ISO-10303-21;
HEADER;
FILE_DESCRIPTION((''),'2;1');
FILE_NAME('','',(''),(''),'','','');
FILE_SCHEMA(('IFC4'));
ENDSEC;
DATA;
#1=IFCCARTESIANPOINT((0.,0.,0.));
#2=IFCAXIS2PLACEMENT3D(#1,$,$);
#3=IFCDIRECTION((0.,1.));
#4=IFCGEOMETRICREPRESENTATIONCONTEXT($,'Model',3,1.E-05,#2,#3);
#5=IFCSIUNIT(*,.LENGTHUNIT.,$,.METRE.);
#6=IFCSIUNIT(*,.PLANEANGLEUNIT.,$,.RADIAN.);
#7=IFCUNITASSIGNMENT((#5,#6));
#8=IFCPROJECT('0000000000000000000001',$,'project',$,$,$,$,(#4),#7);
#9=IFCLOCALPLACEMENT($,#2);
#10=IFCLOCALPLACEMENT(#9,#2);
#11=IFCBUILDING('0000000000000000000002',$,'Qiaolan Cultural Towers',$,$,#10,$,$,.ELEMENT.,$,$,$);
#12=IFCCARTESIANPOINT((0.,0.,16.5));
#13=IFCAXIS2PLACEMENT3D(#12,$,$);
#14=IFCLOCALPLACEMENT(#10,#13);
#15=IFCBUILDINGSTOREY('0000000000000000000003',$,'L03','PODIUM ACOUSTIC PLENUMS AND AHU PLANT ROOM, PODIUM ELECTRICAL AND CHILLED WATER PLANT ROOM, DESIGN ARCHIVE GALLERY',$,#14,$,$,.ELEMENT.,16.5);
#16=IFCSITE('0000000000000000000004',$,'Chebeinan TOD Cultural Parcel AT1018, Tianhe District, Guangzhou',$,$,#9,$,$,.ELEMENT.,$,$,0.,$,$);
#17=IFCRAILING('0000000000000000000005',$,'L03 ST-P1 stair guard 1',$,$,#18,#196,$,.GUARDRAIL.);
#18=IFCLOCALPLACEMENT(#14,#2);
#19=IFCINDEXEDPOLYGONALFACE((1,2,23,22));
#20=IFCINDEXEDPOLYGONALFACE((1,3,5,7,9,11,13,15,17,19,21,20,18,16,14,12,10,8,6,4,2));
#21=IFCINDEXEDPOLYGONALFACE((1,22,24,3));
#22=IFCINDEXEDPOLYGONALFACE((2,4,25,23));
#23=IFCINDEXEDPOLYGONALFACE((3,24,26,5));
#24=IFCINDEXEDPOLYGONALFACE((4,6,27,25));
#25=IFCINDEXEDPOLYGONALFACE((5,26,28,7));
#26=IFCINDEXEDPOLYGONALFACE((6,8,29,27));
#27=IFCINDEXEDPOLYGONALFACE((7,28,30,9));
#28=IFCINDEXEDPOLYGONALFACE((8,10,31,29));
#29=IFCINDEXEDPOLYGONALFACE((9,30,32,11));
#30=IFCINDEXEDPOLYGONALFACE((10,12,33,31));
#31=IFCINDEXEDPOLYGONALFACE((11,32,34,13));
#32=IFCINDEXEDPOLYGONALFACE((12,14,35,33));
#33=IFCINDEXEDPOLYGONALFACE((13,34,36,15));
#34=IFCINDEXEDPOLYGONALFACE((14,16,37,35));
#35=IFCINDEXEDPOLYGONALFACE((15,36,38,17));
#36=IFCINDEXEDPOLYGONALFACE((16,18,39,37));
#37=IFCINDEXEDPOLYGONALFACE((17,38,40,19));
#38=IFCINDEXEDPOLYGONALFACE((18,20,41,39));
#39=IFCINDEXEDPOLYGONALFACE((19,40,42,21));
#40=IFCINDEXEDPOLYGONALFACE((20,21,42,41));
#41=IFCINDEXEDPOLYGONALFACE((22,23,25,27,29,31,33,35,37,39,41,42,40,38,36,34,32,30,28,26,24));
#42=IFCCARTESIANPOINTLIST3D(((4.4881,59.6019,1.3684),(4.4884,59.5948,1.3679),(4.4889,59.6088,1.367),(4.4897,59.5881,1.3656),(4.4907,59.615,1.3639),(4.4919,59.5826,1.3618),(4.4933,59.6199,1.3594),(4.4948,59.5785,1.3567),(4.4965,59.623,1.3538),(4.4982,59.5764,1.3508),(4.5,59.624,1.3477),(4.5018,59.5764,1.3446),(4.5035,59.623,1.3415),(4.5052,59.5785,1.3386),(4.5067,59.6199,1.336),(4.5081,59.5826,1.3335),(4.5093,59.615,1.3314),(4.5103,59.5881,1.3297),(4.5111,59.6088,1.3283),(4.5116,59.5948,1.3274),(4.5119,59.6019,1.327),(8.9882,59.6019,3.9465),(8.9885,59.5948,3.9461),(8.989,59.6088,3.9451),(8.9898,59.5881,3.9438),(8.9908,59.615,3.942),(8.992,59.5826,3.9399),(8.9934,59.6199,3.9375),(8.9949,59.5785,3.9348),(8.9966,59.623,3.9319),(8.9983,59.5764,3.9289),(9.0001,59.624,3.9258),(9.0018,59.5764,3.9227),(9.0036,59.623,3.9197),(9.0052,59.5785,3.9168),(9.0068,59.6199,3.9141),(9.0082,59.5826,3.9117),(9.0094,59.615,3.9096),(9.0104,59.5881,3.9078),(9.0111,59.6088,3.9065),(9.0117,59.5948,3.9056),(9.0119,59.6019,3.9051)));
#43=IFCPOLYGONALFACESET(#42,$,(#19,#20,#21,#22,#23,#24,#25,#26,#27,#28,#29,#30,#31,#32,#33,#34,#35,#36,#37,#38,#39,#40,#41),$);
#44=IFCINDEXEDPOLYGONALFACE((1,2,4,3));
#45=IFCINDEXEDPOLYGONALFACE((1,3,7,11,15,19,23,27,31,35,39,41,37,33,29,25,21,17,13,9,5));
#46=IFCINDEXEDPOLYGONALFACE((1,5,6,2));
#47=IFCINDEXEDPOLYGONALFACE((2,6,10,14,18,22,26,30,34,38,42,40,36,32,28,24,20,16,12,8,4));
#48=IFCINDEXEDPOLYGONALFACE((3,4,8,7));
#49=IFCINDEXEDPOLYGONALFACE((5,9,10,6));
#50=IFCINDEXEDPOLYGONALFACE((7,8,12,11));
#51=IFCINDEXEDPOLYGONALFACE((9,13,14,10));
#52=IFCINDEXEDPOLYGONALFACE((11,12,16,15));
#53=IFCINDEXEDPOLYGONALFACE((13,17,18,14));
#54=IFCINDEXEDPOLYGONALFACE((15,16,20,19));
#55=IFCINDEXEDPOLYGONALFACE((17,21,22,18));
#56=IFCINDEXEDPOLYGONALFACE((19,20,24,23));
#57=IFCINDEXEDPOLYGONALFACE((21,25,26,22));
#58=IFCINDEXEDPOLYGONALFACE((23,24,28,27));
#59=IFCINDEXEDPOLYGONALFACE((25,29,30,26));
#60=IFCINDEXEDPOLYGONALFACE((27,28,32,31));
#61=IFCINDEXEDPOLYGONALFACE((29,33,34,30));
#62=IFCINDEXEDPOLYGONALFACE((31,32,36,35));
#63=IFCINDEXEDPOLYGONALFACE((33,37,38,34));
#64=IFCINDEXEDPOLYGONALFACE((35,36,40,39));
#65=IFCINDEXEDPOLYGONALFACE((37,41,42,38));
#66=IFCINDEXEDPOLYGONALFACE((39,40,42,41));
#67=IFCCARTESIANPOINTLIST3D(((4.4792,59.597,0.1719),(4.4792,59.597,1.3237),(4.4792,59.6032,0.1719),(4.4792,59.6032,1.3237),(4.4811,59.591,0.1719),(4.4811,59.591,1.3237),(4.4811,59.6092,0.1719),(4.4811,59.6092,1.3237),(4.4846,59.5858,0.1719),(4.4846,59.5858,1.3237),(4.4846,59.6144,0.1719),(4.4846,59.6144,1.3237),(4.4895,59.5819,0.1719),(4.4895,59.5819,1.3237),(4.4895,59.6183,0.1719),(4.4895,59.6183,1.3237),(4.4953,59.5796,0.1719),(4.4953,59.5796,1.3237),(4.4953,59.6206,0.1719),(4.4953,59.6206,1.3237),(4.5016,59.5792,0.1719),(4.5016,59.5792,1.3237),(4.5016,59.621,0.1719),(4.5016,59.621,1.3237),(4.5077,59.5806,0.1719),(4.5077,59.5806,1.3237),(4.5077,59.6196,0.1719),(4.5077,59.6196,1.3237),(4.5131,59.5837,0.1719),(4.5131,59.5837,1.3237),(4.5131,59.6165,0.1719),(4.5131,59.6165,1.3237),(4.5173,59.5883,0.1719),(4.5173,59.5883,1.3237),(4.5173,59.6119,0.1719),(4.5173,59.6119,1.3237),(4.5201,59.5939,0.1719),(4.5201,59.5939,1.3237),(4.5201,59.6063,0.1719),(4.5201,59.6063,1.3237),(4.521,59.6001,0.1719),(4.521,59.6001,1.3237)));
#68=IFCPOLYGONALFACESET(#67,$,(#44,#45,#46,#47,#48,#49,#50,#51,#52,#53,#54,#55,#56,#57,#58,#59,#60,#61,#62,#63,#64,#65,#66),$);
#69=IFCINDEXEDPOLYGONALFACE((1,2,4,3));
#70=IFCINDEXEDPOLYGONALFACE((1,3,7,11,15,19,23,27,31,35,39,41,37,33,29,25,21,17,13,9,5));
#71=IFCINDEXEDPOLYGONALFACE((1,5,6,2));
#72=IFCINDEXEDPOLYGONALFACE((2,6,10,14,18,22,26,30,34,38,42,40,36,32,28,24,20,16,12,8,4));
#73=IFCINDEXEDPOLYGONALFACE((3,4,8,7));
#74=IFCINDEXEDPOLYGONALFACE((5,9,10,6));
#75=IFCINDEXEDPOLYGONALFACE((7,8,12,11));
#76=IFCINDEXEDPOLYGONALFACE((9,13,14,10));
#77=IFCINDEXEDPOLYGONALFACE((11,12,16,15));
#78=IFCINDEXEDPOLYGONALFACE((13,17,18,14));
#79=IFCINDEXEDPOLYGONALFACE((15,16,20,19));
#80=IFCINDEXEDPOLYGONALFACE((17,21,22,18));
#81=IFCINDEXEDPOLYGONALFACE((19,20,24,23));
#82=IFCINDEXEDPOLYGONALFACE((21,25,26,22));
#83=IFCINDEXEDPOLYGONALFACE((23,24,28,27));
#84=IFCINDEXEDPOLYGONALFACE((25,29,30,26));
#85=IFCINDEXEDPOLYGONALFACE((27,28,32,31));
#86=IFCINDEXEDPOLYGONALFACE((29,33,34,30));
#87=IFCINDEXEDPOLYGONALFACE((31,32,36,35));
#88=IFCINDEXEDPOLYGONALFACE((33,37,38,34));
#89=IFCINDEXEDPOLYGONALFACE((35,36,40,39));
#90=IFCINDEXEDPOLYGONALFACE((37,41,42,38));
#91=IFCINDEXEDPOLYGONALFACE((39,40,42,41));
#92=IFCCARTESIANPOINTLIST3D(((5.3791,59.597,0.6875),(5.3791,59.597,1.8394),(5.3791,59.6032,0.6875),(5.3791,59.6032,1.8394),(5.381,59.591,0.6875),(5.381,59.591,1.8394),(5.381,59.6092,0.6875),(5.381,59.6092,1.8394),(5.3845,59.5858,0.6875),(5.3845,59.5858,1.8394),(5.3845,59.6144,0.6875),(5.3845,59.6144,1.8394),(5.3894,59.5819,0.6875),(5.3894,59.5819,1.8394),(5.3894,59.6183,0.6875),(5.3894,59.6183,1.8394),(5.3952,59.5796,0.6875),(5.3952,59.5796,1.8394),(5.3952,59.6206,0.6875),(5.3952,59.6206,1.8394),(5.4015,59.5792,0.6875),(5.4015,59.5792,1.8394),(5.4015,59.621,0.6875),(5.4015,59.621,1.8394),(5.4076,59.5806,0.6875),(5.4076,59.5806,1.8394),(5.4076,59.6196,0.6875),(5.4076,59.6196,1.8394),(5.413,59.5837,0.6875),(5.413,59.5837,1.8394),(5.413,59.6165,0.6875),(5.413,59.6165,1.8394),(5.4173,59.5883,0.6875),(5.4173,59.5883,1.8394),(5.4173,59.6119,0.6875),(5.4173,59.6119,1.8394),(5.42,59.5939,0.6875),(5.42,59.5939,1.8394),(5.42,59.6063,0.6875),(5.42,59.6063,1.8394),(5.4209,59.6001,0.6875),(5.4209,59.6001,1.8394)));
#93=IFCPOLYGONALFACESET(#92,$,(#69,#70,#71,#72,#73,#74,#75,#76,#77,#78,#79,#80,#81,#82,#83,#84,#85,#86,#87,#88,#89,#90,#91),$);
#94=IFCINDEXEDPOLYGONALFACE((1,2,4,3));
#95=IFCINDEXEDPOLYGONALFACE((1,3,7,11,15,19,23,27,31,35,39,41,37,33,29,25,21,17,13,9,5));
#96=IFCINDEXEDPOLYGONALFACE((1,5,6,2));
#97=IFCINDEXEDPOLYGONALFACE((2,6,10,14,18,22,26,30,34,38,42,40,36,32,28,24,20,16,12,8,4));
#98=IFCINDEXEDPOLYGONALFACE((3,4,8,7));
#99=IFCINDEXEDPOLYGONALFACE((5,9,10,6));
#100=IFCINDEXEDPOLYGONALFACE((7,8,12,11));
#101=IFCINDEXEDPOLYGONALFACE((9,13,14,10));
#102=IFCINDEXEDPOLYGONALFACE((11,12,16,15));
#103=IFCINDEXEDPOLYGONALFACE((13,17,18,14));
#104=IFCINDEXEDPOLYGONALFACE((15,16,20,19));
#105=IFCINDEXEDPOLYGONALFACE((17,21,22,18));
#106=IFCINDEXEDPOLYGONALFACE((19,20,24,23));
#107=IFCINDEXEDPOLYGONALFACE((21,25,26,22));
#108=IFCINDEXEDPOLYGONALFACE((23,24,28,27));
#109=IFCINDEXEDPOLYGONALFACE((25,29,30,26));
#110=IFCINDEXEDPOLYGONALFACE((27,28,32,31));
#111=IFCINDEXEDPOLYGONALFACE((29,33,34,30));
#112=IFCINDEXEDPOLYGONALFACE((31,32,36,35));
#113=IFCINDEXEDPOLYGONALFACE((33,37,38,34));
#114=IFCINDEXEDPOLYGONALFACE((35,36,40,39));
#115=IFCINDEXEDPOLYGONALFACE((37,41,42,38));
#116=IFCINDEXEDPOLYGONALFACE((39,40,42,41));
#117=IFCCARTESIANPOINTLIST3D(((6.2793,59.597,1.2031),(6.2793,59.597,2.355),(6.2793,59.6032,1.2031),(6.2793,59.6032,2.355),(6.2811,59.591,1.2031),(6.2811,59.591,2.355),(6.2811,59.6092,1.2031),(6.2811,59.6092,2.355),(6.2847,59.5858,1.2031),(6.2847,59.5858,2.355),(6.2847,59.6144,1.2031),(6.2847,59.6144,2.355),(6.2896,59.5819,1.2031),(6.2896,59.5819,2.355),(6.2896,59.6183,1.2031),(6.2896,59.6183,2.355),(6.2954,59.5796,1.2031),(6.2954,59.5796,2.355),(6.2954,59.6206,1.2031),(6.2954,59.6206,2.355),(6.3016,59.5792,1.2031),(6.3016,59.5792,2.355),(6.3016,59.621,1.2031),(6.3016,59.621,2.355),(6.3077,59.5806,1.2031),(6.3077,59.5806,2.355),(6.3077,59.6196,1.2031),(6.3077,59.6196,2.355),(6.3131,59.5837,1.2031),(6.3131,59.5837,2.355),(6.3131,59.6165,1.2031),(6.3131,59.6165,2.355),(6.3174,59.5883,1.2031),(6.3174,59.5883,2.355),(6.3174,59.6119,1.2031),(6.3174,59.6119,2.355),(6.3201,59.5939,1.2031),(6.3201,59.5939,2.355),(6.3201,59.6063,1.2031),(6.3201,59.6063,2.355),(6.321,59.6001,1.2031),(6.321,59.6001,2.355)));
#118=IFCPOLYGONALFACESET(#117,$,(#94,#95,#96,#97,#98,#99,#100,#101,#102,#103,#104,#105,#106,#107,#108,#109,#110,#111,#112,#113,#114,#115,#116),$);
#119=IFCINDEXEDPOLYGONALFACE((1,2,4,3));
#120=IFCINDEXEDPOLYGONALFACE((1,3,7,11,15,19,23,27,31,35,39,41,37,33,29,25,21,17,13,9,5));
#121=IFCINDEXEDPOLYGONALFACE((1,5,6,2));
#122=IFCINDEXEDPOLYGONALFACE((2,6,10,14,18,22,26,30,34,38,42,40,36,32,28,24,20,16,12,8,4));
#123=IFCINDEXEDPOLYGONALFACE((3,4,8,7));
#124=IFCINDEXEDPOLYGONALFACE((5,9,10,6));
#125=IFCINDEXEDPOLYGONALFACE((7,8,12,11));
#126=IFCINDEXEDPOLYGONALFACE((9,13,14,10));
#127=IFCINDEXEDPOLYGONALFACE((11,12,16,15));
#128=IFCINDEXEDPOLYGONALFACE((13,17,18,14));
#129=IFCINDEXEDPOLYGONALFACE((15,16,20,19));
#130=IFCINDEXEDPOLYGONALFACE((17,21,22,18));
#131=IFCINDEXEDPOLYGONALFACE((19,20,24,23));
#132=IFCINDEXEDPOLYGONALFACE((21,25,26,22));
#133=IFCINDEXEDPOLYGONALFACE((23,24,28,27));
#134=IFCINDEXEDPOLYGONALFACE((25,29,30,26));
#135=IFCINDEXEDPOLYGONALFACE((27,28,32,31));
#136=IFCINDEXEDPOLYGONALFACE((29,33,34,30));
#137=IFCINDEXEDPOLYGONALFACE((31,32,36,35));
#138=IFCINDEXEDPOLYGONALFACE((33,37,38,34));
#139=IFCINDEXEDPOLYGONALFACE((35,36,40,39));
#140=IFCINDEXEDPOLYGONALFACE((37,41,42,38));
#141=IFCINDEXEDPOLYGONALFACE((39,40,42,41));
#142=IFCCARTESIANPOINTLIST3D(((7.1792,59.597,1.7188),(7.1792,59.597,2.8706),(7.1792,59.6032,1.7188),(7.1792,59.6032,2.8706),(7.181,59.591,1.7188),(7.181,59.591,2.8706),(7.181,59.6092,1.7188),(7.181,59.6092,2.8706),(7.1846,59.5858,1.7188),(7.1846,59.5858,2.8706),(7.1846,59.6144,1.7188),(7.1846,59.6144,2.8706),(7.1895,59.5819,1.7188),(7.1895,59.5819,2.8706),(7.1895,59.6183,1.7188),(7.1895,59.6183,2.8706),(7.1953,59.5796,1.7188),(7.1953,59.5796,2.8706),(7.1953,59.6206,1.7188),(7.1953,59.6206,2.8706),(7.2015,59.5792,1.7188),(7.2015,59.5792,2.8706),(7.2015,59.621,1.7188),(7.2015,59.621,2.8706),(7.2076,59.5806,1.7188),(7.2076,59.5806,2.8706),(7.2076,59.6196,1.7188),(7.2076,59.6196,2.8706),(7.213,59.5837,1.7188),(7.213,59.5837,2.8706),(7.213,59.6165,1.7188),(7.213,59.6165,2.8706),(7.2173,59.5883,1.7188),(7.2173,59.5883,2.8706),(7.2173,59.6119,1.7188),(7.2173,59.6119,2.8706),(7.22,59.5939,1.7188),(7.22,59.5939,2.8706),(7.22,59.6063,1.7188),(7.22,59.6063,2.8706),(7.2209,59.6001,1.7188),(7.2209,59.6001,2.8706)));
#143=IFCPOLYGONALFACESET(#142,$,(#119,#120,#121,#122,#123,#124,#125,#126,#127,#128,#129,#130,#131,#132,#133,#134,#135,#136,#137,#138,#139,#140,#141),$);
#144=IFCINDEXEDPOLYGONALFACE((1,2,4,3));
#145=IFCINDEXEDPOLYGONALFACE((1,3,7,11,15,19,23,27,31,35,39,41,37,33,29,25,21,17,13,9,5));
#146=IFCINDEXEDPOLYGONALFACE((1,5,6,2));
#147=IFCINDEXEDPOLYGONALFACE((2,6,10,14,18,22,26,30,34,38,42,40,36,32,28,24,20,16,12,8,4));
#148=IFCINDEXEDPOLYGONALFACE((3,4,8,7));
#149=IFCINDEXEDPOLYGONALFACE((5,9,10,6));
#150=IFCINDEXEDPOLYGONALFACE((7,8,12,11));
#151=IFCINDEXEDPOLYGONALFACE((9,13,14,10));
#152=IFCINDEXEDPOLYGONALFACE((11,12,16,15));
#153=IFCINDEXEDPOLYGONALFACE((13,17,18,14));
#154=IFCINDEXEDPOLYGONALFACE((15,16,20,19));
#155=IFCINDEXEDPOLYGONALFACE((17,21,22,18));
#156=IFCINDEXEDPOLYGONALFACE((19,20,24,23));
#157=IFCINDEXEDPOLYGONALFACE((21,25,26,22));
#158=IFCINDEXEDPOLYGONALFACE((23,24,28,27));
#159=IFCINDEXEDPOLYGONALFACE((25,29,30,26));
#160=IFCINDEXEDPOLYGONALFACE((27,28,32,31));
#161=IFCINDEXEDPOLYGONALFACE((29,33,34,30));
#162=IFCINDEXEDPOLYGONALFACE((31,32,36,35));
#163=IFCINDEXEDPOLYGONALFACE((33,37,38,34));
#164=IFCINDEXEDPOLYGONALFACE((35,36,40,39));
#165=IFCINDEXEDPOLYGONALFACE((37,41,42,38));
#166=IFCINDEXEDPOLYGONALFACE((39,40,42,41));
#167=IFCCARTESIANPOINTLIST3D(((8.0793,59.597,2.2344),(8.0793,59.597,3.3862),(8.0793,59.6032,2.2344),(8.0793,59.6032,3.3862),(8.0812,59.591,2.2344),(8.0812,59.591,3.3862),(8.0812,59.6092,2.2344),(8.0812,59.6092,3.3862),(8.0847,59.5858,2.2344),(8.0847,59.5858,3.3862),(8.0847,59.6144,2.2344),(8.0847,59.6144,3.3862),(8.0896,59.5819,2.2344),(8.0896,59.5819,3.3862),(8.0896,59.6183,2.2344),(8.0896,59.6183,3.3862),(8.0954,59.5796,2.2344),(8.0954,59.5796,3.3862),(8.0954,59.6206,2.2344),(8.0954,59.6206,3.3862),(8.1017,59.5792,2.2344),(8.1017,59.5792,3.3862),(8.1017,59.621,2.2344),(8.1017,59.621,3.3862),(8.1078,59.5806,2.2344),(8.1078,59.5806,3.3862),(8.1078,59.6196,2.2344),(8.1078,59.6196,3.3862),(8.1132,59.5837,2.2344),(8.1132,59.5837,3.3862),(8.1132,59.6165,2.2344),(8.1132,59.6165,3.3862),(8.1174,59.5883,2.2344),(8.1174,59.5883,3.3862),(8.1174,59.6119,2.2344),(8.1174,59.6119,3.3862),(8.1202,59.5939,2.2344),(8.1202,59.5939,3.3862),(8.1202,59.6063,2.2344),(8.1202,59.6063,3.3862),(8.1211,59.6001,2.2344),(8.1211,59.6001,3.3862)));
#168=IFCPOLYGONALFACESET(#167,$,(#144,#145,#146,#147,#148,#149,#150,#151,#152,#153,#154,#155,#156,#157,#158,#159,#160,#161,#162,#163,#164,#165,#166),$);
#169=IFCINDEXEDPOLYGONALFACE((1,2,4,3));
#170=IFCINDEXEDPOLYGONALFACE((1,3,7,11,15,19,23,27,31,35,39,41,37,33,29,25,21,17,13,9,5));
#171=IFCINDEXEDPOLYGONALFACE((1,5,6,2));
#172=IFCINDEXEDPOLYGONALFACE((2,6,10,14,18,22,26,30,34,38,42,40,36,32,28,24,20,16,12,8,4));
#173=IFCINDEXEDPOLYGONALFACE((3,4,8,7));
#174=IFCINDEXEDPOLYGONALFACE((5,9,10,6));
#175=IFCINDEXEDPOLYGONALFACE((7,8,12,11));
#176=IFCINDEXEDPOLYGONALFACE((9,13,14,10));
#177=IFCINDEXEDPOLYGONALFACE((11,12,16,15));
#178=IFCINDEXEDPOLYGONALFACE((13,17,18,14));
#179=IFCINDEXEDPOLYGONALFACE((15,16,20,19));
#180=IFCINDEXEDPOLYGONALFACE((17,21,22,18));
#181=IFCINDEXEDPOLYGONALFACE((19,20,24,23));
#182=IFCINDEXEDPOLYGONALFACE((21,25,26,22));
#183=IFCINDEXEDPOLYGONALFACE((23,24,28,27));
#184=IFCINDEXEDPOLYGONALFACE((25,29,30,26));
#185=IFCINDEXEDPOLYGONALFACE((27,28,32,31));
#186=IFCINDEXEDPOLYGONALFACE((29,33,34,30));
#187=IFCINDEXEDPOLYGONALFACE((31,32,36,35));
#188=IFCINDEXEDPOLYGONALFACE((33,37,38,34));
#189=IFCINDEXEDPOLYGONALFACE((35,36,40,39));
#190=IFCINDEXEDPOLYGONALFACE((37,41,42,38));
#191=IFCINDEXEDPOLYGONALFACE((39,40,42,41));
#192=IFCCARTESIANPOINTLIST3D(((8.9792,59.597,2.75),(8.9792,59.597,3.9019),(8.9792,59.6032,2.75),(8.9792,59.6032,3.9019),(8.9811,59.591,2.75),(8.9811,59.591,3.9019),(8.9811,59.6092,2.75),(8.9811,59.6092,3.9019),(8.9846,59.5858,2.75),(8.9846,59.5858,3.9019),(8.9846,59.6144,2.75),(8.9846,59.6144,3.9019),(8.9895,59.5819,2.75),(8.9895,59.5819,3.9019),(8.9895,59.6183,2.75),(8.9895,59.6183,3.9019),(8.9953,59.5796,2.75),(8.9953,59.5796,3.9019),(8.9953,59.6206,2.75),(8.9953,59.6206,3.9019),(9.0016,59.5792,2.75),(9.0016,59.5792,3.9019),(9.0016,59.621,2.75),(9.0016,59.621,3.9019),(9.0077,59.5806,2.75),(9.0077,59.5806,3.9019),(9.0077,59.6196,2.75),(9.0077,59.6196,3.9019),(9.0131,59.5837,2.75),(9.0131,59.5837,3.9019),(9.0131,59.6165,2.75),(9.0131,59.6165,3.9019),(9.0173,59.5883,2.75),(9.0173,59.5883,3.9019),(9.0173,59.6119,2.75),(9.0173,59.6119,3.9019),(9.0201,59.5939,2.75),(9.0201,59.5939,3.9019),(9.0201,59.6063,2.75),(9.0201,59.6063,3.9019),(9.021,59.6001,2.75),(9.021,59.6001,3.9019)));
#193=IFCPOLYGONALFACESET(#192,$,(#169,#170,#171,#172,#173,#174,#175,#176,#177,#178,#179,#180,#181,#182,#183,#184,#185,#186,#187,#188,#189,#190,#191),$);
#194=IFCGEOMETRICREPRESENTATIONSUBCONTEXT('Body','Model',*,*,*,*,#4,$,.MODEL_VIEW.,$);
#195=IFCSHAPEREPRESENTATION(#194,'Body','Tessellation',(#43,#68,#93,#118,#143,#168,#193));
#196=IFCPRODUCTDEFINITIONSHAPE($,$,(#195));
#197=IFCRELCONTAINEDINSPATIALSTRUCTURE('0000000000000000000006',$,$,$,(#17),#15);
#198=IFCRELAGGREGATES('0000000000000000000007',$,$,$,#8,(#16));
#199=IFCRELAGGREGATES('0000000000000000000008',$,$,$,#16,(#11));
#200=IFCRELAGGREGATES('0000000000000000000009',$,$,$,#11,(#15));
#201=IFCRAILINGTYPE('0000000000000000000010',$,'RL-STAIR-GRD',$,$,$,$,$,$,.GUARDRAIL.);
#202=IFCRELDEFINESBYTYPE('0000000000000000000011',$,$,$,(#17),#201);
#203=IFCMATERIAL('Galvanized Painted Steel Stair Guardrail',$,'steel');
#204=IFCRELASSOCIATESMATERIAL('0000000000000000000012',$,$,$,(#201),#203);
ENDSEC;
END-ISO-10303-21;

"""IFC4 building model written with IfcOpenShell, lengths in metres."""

from ifc_helpers import new_model, si_unit, direction, frame, origin, origin_2d, place, context, subcontext, project, spatial, circle, extrude, material, type_object, element, save


model = new_model("IFC4")

# Units and contexts
model_context = context("Model", 3, precision=1e-05, world=origin(), true_north=direction((0.0, 1.0)))
body_context = subcontext(model_context, "Body", "Model", "MODEL_VIEW")
ifc_project = project(units=[si_unit("LENGTHUNIT", "METRE"), si_unit("PLANEANGLEUNIT", "RADIAN")], contexts=[model_context])

# Site, building, storey
site_placement = place(None, origin())
site = spatial("IfcSite", under=ifc_project, at=site_placement, Name="Chebeinan TOD Cultural Parcel AT1018, Tianhe District, Guangzhou", CompositionType="ELEMENT", RefElevation=0.0)
building_placement = place(site_placement, origin())
building = spatial("IfcBuilding", under=site, at=building_placement, Name="Qiaolan Cultural Towers", CompositionType="ELEMENT")
storey_placement = place(building_placement, frame((0.0, 0.0, 16.5)))
storey = spatial("IfcBuildingStorey", under=building, at=storey_placement, Name="L03", Description="PODIUM ACOUSTIC PLENUMS AND AHU PLANT ROOM, PODIUM ELECTRICAL AND CHILLED WATER PLANT ROOM, DESIGN ARCHIVE GALLERY", CompositionType="ELEMENT", Elevation=16.5)

# Railing
ifc_material_1 = material(Name="Galvanized Painted Steel Stair Guardrail", Category="steel")
railing_type_1 = type_object("IfcRailingType", Name="RL-STAIR-GRD", PredefinedType="GUARDRAIL", material=ifc_material_1)
railing_1_placement = place(storey_placement, frame((4.5, 59.6001, 0.1719)))
element("IfcRailing", 1, at=railing_1_placement, inside=storey, type_object=railing_type_1, Name="L03 ST-P1 stair guard 1", PredefinedType="GUARDRAIL", context=body_context, shape_type="SweptSolid", body=[
    extrude(circle(Radius=0.0239, at=origin_2d()), frame((0.0, 0.0, 1.1758), z_axis=(0.867686, 0.0, 0.497112), x_axis=(0.0, 1.0, 0.0)), (0.0, 0.0, 1.0), 5.1863),
    extrude(circle(Radius=0.021, at=origin_2d()), origin(), (0.0, 0.0, 1.0), 1.1519),
    extrude(circle(Radius=0.021, at=origin_2d()), frame((0.8999, 0.0, 0.5156)), (0.0, 0.0, 1.0), 1.1519),
    extrude(circle(Radius=0.021, at=origin_2d()), frame((1.8, 0.0, 1.0312)), (0.0, 0.0, 1.0), 1.1519),
    extrude(circle(Radius=0.021, at=origin_2d()), frame((2.7, 0.0, 1.5469)), (0.0, 0.0, 1.0), 1.1519),
    extrude(circle(Radius=0.021, at=origin_2d()), frame((3.6001, 0.0, 2.0625)), (0.0, 0.0, 1.0), 1.1519),
    extrude(circle(Radius=0.021, at=origin_2d()), frame((4.5, 0.0, 2.5781)), (0.0, 0.0, 1.0), 1.1519),
])

save(model, "model.ifc")
